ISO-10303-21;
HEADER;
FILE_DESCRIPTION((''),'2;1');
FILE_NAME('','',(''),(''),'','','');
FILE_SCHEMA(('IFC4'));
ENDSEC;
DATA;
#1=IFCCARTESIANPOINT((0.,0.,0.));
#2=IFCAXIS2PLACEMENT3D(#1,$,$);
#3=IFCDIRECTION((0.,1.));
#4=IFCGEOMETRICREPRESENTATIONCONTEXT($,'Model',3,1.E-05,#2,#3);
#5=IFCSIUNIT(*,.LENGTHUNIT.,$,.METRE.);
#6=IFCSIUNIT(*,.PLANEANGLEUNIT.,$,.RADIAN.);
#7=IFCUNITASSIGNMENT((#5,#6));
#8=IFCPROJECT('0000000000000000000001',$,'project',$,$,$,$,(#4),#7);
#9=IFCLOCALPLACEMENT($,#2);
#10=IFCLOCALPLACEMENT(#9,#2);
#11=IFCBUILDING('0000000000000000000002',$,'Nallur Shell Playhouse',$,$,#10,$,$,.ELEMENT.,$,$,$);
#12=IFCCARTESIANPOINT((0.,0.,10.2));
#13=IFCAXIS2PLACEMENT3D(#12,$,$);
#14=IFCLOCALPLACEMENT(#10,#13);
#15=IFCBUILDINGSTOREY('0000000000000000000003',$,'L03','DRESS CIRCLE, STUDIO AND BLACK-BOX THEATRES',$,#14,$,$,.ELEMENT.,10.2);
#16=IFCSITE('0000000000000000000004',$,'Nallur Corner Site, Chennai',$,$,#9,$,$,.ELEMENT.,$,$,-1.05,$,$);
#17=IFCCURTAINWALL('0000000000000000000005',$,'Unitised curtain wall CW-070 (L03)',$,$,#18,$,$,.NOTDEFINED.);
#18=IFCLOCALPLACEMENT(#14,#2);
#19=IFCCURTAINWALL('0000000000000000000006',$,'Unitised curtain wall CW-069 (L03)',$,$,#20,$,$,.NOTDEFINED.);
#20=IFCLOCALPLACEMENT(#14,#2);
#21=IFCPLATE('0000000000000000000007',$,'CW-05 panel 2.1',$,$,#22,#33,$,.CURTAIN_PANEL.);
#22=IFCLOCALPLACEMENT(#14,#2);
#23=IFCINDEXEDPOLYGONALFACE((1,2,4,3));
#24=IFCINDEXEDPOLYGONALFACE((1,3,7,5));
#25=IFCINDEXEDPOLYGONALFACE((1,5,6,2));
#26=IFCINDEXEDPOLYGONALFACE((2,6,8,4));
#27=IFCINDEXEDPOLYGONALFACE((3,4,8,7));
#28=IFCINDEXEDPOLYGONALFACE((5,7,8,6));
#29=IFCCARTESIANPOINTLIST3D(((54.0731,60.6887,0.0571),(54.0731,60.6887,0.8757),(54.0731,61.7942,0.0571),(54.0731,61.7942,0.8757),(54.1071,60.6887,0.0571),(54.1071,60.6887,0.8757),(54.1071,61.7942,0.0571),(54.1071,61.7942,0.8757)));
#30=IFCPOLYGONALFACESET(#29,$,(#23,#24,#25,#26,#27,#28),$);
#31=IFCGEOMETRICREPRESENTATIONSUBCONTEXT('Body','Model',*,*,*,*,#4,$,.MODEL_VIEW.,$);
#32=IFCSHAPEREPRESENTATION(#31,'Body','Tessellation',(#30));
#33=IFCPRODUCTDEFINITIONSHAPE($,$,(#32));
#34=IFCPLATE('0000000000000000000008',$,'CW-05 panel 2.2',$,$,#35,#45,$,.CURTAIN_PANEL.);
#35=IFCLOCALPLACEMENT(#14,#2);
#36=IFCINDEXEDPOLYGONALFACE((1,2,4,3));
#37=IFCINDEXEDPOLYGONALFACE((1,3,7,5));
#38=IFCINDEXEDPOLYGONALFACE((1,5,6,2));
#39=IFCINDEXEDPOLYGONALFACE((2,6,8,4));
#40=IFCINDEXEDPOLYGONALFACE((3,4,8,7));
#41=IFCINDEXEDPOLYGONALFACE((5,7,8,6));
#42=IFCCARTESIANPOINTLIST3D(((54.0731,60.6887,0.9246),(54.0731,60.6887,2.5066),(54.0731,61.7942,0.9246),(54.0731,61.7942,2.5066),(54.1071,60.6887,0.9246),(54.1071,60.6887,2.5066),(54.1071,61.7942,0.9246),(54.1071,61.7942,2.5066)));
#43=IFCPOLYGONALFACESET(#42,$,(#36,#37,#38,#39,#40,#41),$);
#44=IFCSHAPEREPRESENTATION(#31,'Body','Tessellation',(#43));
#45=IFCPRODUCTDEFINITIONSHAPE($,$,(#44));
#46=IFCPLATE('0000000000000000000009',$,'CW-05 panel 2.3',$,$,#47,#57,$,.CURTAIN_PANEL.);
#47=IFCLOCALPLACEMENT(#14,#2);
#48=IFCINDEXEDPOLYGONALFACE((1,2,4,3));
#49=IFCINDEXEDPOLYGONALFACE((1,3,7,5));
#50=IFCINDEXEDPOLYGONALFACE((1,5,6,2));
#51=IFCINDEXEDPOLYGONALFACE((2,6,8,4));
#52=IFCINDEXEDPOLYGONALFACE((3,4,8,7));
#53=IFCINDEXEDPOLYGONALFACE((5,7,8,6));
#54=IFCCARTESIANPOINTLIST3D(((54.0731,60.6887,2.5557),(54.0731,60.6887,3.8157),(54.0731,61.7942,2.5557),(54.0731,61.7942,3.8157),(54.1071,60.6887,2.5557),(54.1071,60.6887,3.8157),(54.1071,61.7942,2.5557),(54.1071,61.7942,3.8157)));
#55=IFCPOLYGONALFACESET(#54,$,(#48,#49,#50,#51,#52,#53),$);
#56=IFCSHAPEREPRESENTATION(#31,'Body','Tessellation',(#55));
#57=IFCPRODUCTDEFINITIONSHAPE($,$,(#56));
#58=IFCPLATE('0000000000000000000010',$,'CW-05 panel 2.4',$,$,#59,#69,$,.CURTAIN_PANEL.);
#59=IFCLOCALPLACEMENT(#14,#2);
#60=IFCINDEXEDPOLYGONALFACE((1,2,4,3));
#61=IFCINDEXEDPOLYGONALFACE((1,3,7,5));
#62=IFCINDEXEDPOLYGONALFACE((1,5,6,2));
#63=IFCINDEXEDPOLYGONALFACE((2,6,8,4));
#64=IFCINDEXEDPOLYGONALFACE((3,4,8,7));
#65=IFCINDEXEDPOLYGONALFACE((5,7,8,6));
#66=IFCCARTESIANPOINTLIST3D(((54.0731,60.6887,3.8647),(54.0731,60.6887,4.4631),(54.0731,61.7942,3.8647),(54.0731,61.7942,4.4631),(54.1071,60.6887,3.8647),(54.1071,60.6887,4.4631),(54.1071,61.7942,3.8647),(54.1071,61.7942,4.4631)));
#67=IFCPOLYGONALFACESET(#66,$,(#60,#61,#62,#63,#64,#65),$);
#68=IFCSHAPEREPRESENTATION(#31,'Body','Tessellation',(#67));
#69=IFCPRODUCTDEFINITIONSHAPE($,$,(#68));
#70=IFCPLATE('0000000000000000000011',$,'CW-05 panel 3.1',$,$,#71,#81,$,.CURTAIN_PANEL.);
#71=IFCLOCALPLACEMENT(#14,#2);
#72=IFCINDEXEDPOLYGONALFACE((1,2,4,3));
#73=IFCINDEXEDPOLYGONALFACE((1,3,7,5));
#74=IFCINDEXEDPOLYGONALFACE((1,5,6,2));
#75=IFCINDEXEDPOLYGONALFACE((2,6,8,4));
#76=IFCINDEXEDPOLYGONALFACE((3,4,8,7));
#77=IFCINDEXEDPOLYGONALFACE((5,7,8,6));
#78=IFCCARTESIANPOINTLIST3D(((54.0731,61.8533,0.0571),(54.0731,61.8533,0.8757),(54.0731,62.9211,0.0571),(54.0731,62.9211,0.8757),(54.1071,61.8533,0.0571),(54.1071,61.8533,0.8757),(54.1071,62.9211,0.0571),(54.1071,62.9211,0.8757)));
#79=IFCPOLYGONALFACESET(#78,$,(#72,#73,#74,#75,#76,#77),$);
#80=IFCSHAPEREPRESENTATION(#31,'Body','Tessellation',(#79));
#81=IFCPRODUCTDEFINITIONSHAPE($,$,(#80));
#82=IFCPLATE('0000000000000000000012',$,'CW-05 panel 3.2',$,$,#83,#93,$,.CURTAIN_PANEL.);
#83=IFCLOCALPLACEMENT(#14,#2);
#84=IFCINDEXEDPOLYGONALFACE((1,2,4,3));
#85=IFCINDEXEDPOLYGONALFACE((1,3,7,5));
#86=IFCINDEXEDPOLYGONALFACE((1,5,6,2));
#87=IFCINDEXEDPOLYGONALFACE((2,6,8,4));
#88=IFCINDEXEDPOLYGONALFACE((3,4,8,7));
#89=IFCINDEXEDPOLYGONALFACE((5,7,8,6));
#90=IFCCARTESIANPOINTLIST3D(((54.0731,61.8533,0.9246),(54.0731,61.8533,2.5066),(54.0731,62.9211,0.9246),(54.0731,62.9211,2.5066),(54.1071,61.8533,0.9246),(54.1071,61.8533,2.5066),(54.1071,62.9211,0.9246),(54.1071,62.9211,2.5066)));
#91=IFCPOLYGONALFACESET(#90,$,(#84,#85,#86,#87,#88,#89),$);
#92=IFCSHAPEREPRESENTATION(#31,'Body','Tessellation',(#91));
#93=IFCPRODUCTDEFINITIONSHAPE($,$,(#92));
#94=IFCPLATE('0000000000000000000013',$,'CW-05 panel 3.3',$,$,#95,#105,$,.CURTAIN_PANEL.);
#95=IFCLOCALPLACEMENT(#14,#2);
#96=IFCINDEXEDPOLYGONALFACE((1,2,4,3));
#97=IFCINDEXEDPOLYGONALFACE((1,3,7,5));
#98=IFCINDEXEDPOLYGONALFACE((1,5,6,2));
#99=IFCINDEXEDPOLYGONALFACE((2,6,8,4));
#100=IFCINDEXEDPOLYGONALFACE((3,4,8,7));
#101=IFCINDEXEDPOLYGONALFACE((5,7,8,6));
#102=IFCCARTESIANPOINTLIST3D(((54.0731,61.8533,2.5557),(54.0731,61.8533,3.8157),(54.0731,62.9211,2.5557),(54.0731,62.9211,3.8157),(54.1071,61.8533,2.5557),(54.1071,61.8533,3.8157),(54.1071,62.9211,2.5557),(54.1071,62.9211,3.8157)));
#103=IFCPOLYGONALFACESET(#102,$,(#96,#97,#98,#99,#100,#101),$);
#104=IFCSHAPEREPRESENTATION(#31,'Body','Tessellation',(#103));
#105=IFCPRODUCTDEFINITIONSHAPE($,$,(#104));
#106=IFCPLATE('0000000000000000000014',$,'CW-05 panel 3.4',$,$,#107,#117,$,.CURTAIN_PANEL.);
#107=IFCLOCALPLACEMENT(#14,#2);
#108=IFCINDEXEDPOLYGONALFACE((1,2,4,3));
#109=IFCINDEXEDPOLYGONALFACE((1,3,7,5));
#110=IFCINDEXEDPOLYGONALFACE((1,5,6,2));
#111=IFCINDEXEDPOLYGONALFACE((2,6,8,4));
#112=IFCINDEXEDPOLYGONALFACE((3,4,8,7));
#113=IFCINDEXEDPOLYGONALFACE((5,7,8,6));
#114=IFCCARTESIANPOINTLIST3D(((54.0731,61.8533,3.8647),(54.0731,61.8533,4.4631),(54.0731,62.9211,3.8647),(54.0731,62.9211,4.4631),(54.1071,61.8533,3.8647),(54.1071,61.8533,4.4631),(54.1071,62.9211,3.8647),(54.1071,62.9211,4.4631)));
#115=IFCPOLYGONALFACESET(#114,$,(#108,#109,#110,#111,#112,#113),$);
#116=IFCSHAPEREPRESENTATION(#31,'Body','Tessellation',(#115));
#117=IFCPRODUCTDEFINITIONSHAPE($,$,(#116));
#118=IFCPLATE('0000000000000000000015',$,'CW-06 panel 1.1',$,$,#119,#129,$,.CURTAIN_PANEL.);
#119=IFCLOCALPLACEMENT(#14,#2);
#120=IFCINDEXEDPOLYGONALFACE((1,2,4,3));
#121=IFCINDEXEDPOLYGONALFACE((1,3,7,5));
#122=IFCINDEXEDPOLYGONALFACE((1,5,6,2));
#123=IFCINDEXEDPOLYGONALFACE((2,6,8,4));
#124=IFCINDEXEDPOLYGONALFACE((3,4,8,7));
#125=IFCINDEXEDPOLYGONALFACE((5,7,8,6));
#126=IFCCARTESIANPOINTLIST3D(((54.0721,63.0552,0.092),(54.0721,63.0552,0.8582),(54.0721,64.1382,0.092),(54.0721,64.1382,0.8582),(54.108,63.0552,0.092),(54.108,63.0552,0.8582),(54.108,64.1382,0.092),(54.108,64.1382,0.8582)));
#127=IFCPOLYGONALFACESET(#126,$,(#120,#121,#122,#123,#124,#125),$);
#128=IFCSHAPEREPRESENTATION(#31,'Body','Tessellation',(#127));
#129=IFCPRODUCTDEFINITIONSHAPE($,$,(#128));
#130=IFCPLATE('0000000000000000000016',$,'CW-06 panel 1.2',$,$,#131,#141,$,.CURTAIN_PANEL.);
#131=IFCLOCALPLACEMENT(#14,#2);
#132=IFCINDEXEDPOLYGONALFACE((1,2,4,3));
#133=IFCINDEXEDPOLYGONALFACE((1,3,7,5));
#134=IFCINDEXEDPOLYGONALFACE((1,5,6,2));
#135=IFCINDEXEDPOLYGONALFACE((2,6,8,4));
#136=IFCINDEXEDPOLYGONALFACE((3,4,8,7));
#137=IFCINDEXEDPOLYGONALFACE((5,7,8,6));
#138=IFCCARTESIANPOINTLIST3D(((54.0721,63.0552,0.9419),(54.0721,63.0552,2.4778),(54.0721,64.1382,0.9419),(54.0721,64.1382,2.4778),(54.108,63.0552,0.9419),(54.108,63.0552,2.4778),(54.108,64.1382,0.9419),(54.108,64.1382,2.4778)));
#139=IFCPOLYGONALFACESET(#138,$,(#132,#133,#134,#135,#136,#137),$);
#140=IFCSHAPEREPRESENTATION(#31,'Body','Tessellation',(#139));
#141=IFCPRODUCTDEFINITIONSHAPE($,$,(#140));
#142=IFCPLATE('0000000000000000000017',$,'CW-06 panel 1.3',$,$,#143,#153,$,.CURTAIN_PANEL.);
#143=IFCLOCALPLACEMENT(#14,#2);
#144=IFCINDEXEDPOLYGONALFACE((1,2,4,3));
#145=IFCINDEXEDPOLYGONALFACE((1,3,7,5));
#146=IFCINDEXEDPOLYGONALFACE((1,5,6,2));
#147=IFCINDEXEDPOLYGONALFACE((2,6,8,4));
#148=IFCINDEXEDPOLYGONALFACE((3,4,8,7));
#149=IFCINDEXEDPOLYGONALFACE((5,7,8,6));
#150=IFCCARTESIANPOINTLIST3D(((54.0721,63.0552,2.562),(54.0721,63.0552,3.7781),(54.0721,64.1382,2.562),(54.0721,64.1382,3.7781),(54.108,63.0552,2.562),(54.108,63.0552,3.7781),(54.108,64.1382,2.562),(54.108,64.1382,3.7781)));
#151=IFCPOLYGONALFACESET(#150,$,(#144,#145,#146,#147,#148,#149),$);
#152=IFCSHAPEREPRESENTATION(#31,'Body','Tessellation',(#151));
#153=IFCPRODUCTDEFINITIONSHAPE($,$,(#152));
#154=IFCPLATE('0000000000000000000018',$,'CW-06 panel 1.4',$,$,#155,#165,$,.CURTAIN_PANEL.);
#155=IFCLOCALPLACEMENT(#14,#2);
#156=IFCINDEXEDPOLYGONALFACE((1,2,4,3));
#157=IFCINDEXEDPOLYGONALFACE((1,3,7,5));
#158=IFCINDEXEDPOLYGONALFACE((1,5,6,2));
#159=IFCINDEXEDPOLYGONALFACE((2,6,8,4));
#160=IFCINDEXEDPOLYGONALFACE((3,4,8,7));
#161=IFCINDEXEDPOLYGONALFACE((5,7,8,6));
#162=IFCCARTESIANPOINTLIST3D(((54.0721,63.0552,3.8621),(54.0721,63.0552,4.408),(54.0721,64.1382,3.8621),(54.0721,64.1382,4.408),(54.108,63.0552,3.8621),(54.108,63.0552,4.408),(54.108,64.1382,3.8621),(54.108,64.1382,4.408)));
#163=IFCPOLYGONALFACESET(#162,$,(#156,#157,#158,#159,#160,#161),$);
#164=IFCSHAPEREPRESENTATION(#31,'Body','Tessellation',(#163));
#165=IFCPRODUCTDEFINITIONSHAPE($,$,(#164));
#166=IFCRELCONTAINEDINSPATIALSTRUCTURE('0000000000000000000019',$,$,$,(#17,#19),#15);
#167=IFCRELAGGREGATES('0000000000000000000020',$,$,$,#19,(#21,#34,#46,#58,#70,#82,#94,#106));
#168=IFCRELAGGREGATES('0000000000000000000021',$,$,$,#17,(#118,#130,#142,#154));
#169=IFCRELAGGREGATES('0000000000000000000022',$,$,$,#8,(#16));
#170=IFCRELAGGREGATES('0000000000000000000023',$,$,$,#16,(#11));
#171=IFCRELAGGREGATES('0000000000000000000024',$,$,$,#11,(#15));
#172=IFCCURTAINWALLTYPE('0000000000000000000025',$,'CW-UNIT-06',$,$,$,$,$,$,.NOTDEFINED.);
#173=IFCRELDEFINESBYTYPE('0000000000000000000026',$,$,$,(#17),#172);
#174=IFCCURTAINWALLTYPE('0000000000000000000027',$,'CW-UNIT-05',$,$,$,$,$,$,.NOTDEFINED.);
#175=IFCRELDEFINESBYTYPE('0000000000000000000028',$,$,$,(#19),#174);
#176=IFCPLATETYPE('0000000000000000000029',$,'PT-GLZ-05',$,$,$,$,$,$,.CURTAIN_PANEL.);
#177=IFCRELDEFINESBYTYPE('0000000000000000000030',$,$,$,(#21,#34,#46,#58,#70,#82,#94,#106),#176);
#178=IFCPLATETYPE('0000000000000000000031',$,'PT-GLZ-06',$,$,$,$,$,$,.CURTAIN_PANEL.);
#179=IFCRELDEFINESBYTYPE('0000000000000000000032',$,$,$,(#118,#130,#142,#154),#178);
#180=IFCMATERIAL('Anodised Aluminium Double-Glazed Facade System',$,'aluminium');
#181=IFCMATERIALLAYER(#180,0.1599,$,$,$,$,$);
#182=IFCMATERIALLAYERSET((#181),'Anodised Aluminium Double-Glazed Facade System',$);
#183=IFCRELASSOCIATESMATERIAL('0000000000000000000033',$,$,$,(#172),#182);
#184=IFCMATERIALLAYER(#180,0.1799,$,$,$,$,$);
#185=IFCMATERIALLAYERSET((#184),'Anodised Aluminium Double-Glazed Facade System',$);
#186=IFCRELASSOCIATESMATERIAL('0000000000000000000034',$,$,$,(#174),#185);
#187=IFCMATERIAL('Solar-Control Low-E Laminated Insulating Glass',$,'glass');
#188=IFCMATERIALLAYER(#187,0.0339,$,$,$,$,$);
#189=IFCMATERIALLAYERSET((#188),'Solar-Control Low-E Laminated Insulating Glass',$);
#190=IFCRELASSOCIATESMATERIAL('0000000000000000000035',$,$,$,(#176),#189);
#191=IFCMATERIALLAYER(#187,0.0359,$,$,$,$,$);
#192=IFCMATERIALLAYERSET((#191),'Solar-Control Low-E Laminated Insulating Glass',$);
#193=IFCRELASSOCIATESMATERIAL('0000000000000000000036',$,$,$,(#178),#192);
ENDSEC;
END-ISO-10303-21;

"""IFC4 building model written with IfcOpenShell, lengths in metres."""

from ifc_helpers import new_model, si_unit, direction, frame, origin, origin_2d, place, context, subcontext, project, spatial, rectangle, extrude, material, layer, layer_set, type_object, element, aggregate, save


model = new_model("IFC4")

# Units and contexts
model_context = context("Model", 3, precision=1e-05, world=origin(), true_north=direction((0.0, 1.0)))
body_context = subcontext(model_context, "Body", "Model", "MODEL_VIEW")
ifc_project = project(units=[si_unit("LENGTHUNIT", "METRE"), si_unit("PLANEANGLEUNIT", "RADIAN")], contexts=[model_context])

# Site, building, storey
site_placement = place(None, origin())
site = spatial("IfcSite", under=ifc_project, at=site_placement, Name="Nallur Corner Site, Chennai", CompositionType="ELEMENT", RefElevation=-1.05)
building_placement = place(site_placement, origin())
building = spatial("IfcBuilding", under=site, at=building_placement, Name="Nallur Shell Playhouse", CompositionType="ELEMENT")
storey_placement = place(building_placement, frame((0.0, 0.0, 10.2)))
storey = spatial("IfcBuildingStorey", under=building, at=storey_placement, Name="L03", Description="DRESS CIRCLE, STUDIO AND BLACK-BOX THEATRES", CompositionType="ELEMENT", Elevation=10.2)

# Curtain walls
ifc_material_1 = material(Name="Anodised Aluminium Double-Glazed Facade System", Category="aluminium")
ifc_layer_1 = layer(ifc_material_1, 0.1599)
ifc_layer_set_1 = layer_set([ifc_layer_1], Name="Anodised Aluminium Double-Glazed Facade System")
curtain_wall_type_1 = type_object("IfcCurtainWallType", Name="CW-UNIT-06", PredefinedType="NOTDEFINED", material=ifc_layer_set_1)
curtain_wall_1_placement = place(storey_placement, origin())
curtain_wall_1 = element("IfcCurtainWall", 1, at=curtain_wall_1_placement, inside=storey, type_object=curtain_wall_type_1, Name="Unitised curtain wall CW-070 (L03)", PredefinedType="NOTDEFINED")
ifc_layer_2 = layer(ifc_material_1, 0.1799)
ifc_layer_set_2 = layer_set([ifc_layer_2], Name="Anodised Aluminium Double-Glazed Facade System")
curtain_wall_type_2 = type_object("IfcCurtainWallType", Name="CW-UNIT-05", PredefinedType="NOTDEFINED", material=ifc_layer_set_2)
curtain_wall_2_placement = place(storey_placement, origin())
curtain_wall_2 = element("IfcCurtainWall", 2, at=curtain_wall_2_placement, inside=storey, type_object=curtain_wall_type_2, Name="Unitised curtain wall CW-069 (L03)", PredefinedType="NOTDEFINED")

# Plates
ifc_material_2 = material(Name="Solar-Control Low-E Laminated Insulating Glass", Category="glass")
ifc_layer_3 = layer(ifc_material_2, 0.0339)
ifc_layer_set_3 = layer_set([ifc_layer_3], Name="Solar-Control Low-E Laminated Insulating Glass")
plate_type_1 = type_object("IfcPlateType", Name="PT-GLZ-05", PredefinedType="CURTAIN_PANEL", material=ifc_layer_set_3)
plate_1_placement = place(storey_placement, frame((54.0901, 61.2415, 0.0571), z_axis=(0.0, 0.0, 1.0), x_axis=(0.0, 1.0, 0.0)))
plate_1 = element("IfcPlate", 3, at=plate_1_placement, type_object=plate_type_1, Name="CW-05 panel 2.1", PredefinedType="CURTAIN_PANEL", context=body_context, shape_type="SweptSolid", body=[
    extrude(rectangle(XDim=1.1055, YDim=0.0339, at=origin_2d()), origin(), (0.0, 0.0, 1.0), 0.8186),
])
plate_2_placement = place(storey_placement, frame((54.0901, 61.2415, 0.9246), z_axis=(0.0, 0.0, 1.0), x_axis=(0.0, 1.0, 0.0)))
plate_2 = element("IfcPlate", 4, at=plate_2_placement, type_object=plate_type_1, Name="CW-05 panel 2.2", PredefinedType="CURTAIN_PANEL", context=body_context, shape_type="SweptSolid", body=[
    extrude(rectangle(XDim=1.1055, YDim=0.0339, at=origin_2d()), origin(), (0.0, 0.0, 1.0), 1.582),
])
plate_3_placement = place(storey_placement, frame((54.0901, 61.2415, 2.5557), z_axis=(0.0, 0.0, 1.0), x_axis=(0.0, 1.0, 0.0)))
plate_3 = element("IfcPlate", 5, at=plate_3_placement, type_object=plate_type_1, Name="CW-05 panel 2.3", PredefinedType="CURTAIN_PANEL", context=body_context, shape_type="SweptSolid", body=[
    extrude(rectangle(XDim=1.1055, YDim=0.0339, at=origin_2d()), origin(), (0.0, 0.0, 1.0), 1.26),
])
plate_4_placement = place(storey_placement, frame((54.0901, 61.2415, 3.8647), z_axis=(0.0, 0.0, 1.0), x_axis=(0.0, 1.0, 0.0)))
plate_4 = element("IfcPlate", 6, at=plate_4_placement, type_object=plate_type_1, Name="CW-05 panel 2.4", PredefinedType="CURTAIN_PANEL", context=body_context, shape_type="SweptSolid", body=[
    extrude(rectangle(XDim=1.1055, YDim=0.0339, at=origin_2d()), origin(), (0.0, 0.0, 1.0), 0.5984),
])
plate_5_placement = place(storey_placement, frame((54.0901, 62.3872, 0.0571), z_axis=(0.0, 0.0, 1.0), x_axis=(0.0, 1.0, 0.0)))
plate_5 = element("IfcPlate", 7, at=plate_5_placement, type_object=plate_type_1, Name="CW-05 panel 3.1", PredefinedType="CURTAIN_PANEL", context=body_context, shape_type="SweptSolid", body=[
    extrude(rectangle(XDim=1.0679, YDim=0.0339, at=origin_2d()), origin(), (0.0, 0.0, 1.0), 0.8186),
])
plate_6_placement = place(storey_placement, frame((54.0901, 62.3872, 0.9246), z_axis=(0.0, 0.0, 1.0), x_axis=(0.0, 1.0, 0.0)))
plate_6 = element("IfcPlate", 8, at=plate_6_placement, type_object=plate_type_1, Name="CW-05 panel 3.2", PredefinedType="CURTAIN_PANEL", context=body_context, shape_type="SweptSolid", body=[
    extrude(rectangle(XDim=1.0679, YDim=0.0339, at=origin_2d()), origin(), (0.0, 0.0, 1.0), 1.582),
])
plate_7_placement = place(storey_placement, frame((54.0901, 62.3872, 2.5557), z_axis=(0.0, 0.0, 1.0), x_axis=(0.0, 1.0, 0.0)))
plate_7 = element("IfcPlate", 9, at=plate_7_placement, type_object=plate_type_1, Name="CW-05 panel 3.3", PredefinedType="CURTAIN_PANEL", context=body_context, shape_type="SweptSolid", body=[
    extrude(rectangle(XDim=1.0679, YDim=0.0339, at=origin_2d()), origin(), (0.0, 0.0, 1.0), 1.26),
])
plate_8_placement = place(storey_placement, frame((54.0901, 62.3872, 3.8647), z_axis=(0.0, 0.0, 1.0), x_axis=(0.0, 1.0, 0.0)))
plate_8 = element("IfcPlate", 10, at=plate_8_placement, type_object=plate_type_1, Name="CW-05 panel 3.4", PredefinedType="CURTAIN_PANEL", context=body_context, shape_type="SweptSolid", body=[
    extrude(rectangle(XDim=1.0679, YDim=0.0339, at=origin_2d()), origin(), (0.0, 0.0, 1.0), 0.5984),
])
aggregate(curtain_wall_2, [plate_1, plate_2, plate_3, plate_4, plate_5, plate_6, plate_7, plate_8])
ifc_layer_4 = layer(ifc_material_2, 0.0359)
ifc_layer_set_4 = layer_set([ifc_layer_4], Name="Solar-Control Low-E Laminated Insulating Glass")
plate_type_2 = type_object("IfcPlateType", Name="PT-GLZ-06", PredefinedType="CURTAIN_PANEL", material=ifc_layer_set_4)
plate_9_placement = place(storey_placement, frame((54.0901, 63.5967, 0.092), z_axis=(0.0, 0.0, 1.0), x_axis=(0.0, 1.0, 0.0)))
plate_9 = element("IfcPlate", 11, at=plate_9_placement, type_object=plate_type_2, Name="CW-06 panel 1.1", PredefinedType="CURTAIN_PANEL", context=body_context, shape_type="SweptSolid", body=[
    extrude(rectangle(XDim=1.083, YDim=0.0359, at=origin_2d()), origin(), (0.0, 0.0, 1.0), 0.7661),
])
plate_10_placement = place(storey_placement, frame((54.0901, 63.5967, 0.9419), z_axis=(0.0, 0.0, 1.0), x_axis=(0.0, 1.0, 0.0)))
plate_10 = element("IfcPlate", 12, at=plate_10_placement, type_object=plate_type_2, Name="CW-06 panel 1.2", PredefinedType="CURTAIN_PANEL", context=body_context, shape_type="SweptSolid", body=[
    extrude(rectangle(XDim=1.083, YDim=0.0359, at=origin_2d()), origin(), (0.0, 0.0, 1.0), 1.5359),
])
plate_11_placement = place(storey_placement, frame((54.0901, 63.5967, 2.562), z_axis=(0.0, 0.0, 1.0), x_axis=(0.0, 1.0, 0.0)))
plate_11 = element("IfcPlate", 13, at=plate_11_placement, type_object=plate_type_2, Name="CW-06 panel 1.3", PredefinedType="CURTAIN_PANEL", context=body_context, shape_type="SweptSolid", body=[
    extrude(rectangle(XDim=1.083, YDim=0.0359, at=origin_2d()), origin(), (0.0, 0.0, 1.0), 1.2161),
])
plate_12_placement = place(storey_placement, frame((54.0901, 63.5967, 3.8621), z_axis=(0.0, 0.0, 1.0), x_axis=(0.0, 1.0, 0.0)))
plate_12 = element("IfcPlate", 14, at=plate_12_placement, type_object=plate_type_2, Name="CW-06 panel 1.4", PredefinedType="CURTAIN_PANEL", context=body_context, shape_type="SweptSolid", body=[
    extrude(rectangle(XDim=1.083, YDim=0.0359, at=origin_2d()), origin(), (0.0, 0.0, 1.0), 0.5459),
])
aggregate(curtain_wall_1, [plate_9, plate_10, plate_11, plate_12])

save(model, "model.ifc")
